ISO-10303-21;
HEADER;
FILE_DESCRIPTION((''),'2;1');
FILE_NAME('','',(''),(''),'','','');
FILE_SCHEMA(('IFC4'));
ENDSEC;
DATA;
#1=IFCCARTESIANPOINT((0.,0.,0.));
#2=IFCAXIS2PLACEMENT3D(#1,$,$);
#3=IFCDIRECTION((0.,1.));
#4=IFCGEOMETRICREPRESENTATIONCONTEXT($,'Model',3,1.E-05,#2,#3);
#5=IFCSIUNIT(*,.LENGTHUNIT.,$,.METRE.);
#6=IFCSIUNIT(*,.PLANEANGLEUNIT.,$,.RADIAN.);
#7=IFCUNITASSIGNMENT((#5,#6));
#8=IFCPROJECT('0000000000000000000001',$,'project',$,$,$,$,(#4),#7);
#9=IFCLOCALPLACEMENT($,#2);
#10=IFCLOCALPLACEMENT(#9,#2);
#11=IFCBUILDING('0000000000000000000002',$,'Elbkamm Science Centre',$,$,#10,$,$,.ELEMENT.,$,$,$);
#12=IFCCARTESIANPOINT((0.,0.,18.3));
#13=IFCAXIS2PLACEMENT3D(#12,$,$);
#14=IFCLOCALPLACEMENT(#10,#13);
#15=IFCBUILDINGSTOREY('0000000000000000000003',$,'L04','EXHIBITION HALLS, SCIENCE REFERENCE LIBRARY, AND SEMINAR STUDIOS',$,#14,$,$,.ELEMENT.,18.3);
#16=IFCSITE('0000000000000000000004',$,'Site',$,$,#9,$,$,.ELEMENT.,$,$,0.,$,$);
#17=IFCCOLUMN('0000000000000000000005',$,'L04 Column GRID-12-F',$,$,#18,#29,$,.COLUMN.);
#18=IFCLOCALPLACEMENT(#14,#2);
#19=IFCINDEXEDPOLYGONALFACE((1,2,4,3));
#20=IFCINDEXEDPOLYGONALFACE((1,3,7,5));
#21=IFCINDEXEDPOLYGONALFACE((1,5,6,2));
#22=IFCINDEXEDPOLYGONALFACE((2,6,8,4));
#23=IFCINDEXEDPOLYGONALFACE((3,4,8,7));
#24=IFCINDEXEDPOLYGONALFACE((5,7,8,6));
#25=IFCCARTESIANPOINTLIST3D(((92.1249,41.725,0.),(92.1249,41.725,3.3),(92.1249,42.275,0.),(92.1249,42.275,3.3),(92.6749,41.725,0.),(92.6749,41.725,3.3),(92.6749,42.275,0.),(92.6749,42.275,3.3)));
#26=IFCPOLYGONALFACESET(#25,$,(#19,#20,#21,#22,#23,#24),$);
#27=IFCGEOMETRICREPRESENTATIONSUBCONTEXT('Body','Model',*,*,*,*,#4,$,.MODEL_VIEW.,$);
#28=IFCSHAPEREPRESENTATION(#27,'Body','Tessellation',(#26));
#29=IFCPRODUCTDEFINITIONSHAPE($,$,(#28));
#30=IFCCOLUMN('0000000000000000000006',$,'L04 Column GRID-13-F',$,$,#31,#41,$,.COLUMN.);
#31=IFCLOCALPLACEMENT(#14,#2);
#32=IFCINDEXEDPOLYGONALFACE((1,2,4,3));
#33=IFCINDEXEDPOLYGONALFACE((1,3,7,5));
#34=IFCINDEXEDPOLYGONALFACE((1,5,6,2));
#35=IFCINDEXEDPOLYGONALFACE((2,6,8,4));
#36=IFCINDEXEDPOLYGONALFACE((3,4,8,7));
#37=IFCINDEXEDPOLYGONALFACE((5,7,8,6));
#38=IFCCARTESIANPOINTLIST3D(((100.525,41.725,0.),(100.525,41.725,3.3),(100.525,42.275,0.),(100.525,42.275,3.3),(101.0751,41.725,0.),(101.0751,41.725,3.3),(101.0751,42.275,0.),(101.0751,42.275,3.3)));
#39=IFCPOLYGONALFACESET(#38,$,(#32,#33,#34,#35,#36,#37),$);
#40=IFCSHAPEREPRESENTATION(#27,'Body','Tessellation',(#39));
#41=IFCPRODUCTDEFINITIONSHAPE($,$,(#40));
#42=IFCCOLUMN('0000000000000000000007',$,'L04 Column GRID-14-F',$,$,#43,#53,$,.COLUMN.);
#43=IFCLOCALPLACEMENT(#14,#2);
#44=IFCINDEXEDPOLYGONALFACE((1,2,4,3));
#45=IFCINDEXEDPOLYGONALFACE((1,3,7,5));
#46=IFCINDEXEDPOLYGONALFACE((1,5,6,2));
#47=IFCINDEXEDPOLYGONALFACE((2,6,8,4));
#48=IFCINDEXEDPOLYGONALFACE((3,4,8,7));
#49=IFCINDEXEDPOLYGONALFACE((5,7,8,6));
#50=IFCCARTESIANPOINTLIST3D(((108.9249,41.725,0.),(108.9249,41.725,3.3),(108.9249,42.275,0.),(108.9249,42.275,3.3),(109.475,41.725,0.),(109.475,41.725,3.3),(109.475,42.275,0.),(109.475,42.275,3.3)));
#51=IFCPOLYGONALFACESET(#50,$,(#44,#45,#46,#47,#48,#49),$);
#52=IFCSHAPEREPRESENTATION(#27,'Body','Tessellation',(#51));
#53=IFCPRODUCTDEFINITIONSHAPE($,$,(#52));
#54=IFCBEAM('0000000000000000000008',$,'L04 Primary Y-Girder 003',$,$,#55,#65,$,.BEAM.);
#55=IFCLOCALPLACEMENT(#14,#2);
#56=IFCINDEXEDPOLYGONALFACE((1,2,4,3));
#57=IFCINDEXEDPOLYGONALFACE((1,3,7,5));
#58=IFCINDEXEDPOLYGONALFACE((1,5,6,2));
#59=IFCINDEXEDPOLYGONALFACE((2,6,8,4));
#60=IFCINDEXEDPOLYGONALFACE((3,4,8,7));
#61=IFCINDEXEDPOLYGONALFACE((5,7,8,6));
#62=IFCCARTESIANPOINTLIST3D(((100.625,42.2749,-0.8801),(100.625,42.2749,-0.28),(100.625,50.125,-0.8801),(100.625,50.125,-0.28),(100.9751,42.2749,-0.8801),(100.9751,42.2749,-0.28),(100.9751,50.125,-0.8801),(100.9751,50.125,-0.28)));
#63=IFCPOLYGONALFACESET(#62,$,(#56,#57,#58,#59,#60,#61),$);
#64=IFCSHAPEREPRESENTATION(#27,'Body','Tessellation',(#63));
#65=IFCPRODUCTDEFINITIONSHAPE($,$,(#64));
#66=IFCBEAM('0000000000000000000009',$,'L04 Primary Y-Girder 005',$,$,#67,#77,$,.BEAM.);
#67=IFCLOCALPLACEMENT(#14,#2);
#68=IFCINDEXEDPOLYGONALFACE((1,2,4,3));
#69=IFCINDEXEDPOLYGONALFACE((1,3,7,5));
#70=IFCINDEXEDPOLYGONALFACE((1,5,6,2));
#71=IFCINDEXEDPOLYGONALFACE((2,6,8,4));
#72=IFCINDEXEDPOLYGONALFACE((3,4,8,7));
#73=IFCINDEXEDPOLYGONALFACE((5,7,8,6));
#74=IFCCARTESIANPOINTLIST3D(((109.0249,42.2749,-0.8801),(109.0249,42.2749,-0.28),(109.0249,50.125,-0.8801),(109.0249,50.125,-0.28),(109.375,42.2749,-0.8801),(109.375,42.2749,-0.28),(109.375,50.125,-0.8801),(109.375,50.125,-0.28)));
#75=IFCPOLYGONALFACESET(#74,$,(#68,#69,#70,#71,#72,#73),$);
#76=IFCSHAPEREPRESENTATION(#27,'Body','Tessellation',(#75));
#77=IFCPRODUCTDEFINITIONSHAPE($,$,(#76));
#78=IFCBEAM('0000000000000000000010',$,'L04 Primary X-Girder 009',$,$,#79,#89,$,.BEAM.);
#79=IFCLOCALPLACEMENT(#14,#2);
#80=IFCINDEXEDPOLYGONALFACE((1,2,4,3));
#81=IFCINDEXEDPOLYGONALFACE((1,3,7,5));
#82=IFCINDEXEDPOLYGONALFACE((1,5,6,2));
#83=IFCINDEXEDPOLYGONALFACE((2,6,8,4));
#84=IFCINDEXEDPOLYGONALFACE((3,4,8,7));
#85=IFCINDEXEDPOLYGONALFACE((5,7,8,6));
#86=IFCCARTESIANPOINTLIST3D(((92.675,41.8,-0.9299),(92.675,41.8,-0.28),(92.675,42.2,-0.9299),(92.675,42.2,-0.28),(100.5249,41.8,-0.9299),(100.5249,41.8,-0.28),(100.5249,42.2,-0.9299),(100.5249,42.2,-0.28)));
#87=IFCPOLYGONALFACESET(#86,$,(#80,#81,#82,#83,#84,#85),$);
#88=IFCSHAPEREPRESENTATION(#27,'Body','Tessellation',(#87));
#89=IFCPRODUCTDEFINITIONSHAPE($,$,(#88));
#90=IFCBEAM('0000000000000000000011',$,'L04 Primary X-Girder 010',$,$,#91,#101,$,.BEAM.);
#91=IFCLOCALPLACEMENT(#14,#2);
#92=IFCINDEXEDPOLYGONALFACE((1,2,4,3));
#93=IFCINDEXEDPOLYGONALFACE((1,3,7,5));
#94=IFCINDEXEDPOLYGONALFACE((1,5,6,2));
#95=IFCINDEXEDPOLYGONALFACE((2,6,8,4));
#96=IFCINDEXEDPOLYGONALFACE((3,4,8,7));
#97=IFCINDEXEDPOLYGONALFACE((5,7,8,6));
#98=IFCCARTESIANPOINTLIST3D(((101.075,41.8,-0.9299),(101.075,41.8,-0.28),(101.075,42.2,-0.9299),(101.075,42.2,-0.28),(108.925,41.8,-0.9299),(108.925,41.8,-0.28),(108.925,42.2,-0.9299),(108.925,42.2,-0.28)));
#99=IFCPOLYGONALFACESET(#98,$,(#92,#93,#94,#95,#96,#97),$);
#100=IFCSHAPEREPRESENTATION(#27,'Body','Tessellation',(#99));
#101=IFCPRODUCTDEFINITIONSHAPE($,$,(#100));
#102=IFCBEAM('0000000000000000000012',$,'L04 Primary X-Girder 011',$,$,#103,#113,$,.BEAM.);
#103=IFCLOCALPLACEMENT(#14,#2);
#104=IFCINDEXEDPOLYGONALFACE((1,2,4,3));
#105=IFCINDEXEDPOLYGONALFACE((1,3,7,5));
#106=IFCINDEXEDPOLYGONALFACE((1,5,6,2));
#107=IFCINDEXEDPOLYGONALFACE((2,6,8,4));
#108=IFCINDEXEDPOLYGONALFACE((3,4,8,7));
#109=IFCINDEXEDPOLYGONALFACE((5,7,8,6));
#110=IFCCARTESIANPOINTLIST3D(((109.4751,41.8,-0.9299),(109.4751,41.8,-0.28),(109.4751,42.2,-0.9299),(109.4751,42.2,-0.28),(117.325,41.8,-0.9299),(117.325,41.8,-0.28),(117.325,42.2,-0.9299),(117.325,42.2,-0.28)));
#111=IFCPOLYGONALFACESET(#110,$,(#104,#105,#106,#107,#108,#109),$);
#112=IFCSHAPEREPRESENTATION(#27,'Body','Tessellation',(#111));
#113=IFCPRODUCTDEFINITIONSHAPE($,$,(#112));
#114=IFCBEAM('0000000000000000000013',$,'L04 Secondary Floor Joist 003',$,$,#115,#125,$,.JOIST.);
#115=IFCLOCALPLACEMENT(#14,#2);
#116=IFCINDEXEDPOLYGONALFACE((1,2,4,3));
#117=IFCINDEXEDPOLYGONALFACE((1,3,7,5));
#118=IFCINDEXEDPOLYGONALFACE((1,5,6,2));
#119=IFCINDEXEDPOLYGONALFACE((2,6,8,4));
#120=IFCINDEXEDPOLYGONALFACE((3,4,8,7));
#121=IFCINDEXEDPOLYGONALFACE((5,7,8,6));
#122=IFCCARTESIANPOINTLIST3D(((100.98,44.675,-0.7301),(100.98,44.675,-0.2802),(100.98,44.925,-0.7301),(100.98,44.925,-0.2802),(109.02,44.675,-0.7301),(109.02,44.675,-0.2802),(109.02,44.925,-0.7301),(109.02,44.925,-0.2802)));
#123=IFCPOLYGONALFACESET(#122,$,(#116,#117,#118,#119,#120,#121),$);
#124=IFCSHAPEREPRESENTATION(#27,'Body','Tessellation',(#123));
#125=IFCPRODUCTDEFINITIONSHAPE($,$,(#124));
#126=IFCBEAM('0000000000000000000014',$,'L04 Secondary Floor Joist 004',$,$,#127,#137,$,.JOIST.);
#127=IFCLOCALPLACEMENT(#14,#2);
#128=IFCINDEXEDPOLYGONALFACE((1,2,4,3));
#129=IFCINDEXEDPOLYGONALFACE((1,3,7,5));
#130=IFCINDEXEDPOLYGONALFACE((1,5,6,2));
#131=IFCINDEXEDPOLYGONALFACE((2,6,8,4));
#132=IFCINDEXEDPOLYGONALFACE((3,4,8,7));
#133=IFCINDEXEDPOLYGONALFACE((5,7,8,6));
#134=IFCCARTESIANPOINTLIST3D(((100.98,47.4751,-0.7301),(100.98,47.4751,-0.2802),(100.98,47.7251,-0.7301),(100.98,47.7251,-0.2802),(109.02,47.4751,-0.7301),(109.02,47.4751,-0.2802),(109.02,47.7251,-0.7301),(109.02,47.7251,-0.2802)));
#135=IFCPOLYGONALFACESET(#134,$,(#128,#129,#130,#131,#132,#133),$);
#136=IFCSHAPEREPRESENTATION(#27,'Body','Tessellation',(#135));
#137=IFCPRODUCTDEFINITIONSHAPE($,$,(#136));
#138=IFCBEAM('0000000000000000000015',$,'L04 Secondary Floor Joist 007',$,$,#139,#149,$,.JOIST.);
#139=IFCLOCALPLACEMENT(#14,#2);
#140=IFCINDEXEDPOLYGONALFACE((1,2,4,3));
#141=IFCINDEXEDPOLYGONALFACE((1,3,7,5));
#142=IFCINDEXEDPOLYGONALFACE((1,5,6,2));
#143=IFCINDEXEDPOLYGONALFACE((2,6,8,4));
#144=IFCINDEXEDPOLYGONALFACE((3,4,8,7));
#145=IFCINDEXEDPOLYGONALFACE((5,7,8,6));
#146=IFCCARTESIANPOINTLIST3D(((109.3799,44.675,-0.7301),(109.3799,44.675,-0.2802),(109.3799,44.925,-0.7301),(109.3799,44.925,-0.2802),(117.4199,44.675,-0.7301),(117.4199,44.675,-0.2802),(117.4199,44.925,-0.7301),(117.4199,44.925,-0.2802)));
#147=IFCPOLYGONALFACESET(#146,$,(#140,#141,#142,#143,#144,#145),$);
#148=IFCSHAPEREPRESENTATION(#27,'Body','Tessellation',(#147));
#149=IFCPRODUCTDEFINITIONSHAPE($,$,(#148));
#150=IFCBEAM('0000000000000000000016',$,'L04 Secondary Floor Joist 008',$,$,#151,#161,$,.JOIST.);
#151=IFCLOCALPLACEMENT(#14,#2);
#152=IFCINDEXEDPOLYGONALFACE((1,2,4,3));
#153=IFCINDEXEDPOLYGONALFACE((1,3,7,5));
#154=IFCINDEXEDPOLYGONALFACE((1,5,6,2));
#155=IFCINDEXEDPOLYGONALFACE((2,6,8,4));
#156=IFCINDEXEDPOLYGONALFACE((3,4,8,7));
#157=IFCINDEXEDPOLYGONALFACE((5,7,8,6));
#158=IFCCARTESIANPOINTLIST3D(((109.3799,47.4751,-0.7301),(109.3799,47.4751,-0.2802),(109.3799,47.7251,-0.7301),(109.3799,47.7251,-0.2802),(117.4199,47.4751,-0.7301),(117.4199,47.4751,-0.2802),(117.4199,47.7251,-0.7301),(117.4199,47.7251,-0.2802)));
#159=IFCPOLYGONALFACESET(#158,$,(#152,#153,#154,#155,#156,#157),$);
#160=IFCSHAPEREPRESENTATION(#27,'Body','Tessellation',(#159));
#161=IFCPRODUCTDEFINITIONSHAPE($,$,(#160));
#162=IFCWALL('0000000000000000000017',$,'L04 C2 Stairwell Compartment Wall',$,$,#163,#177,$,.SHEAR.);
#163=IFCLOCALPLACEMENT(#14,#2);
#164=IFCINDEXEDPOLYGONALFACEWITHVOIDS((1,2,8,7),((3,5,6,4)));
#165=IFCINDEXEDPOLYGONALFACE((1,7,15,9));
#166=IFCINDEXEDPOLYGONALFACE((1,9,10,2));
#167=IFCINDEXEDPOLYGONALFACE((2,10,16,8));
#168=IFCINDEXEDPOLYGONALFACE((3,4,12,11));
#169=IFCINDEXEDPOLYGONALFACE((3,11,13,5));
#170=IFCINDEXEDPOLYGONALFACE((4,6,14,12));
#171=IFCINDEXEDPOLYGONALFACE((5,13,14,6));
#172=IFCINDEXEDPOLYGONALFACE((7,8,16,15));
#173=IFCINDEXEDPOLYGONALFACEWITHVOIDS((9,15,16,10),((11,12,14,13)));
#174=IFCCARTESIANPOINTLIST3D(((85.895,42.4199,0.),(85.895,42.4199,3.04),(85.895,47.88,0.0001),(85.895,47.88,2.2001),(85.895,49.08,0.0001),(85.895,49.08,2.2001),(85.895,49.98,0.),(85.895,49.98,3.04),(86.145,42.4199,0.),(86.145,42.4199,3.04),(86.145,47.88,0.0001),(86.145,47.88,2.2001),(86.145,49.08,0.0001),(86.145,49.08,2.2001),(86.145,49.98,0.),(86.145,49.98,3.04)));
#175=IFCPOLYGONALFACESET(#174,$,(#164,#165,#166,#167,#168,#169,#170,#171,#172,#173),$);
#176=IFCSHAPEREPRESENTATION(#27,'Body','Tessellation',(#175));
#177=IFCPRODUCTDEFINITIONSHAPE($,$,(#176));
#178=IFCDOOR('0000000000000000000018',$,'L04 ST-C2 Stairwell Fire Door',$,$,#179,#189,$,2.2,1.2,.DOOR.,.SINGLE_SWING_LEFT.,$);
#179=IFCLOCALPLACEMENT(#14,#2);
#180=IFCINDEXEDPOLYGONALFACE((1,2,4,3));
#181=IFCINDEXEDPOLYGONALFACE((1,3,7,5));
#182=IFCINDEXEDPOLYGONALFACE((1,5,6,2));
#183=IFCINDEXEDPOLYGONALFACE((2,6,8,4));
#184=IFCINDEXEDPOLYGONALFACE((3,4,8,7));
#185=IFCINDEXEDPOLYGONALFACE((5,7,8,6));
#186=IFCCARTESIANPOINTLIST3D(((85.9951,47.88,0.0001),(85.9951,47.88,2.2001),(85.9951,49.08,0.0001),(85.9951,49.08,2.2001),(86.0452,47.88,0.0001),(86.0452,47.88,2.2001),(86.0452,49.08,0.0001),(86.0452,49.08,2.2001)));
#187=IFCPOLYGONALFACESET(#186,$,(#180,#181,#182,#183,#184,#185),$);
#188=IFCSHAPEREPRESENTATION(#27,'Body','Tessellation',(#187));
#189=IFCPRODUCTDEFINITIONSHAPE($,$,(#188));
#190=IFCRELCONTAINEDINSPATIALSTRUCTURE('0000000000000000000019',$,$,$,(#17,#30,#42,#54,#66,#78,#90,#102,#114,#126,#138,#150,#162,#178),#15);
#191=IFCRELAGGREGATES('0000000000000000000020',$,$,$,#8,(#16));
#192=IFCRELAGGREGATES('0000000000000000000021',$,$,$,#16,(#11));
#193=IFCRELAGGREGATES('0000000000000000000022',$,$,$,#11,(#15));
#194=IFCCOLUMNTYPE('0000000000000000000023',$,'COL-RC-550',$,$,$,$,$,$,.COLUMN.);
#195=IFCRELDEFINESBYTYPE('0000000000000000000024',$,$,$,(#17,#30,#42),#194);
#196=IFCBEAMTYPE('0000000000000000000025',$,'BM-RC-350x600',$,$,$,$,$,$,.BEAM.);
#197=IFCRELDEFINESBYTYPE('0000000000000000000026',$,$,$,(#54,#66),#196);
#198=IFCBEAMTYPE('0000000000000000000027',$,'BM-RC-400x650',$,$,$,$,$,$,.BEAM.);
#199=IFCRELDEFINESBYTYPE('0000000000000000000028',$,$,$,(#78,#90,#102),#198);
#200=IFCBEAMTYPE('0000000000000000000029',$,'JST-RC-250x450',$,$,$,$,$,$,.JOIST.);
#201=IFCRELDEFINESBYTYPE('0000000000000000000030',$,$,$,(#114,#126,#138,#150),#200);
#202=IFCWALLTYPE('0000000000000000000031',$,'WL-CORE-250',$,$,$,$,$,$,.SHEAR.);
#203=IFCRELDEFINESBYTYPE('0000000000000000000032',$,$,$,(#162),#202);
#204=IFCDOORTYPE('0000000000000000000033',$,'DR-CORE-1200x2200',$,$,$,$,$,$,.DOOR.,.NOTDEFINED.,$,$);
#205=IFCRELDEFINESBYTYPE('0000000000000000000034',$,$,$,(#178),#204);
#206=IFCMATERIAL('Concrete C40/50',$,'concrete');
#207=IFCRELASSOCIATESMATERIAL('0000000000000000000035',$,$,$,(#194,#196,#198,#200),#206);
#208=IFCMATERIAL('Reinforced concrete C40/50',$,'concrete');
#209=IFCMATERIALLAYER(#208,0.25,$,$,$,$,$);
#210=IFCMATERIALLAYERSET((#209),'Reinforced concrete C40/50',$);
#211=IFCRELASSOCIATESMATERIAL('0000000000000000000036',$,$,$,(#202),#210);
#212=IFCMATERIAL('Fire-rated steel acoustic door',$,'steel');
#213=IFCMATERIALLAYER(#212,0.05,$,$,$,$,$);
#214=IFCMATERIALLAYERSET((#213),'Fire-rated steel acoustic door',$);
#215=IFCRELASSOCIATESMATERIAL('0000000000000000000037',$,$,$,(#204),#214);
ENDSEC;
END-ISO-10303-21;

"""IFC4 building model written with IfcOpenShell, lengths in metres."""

from ifc_helpers import new_model, si_unit, direction, frame, frame_2d, origin, origin_2d, place, context, subcontext, project, spatial, rectangle, extrude, material, layer, layer_set, material_profile, profile_set, type_object, element, fill, save


model = new_model("IFC4")

# Units and contexts
model_context = context("Model", 3, precision=1e-05, world=origin(), true_north=direction((0.0, 1.0)))
body_context = subcontext(model_context, "Body", "Model", "MODEL_VIEW")
ifc_project = project(units=[si_unit("LENGTHUNIT", "METRE"), si_unit("PLANEANGLEUNIT", "RADIAN")], contexts=[model_context])

# Site, building, storey
site_placement = place(None, origin())
site = spatial("IfcSite", under=ifc_project, at=site_placement, Name="Site", CompositionType="ELEMENT", RefElevation=0.0)
building_placement = place(site_placement, origin())
building = spatial("IfcBuilding", under=site, at=building_placement, Name="Elbkamm Science Centre", CompositionType="ELEMENT")
storey_placement = place(building_placement, frame((0.0, 0.0, 18.3)))
storey = spatial("IfcBuildingStorey", under=building, at=storey_placement, Name="L04", Description="EXHIBITION HALLS, SCIENCE REFERENCE LIBRARY, AND SEMINAR STUDIOS", CompositionType="ELEMENT", Elevation=18.3)

# Columns
ifc_material_1 = material(Name="Concrete C40/50", Category="concrete")
ifc_material_profile_1 = material_profile(ifc_material_1, rectangle(XDim=0.55, YDim=0.55, at=origin_2d()), Name="RC 550x550")
ifc_profile_set_1 = profile_set([ifc_material_profile_1], Name="Concrete C40/50")
column_type = type_object("IfcColumnType", Name="COL-RC-550", PredefinedType="COLUMN", material=ifc_profile_set_1)
for number, where, z_axis, x_axis, name in (
    (1, (92.3999, 42.0, 0.0), (0.0, 0.0, 1.0), (1.0, 0.0, 0.0), "L04 Column GRID-12-F"),
    (2, (100.8, 42.0, 0.0), (0.0, 0.0, 1.0), (1.0, 0.0, 0.0), "L04 Column GRID-13-F"),
    (3, (109.2, 42.0, 0.0), (0.0, 0.0, 1.0), (1.0, 0.0, 0.0), "L04 Column GRID-14-F"),
):
    element("IfcColumn", number, at=place(storey_placement, frame(where, z_axis=z_axis, x_axis=x_axis)), inside=storey, type_object=column_type, Name=name, PredefinedType="COLUMN", context=body_context, shape_type="SweptSolid", body=[
        extrude(rectangle(XDim=0.55, YDim=0.55, at=origin_2d()), origin(), (0.0, 0.0, 1.0), 3.3),
    ])

# Beams
ifc_material_profile_2 = material_profile(ifc_material_1, rectangle(XDim=0.3501, YDim=0.6001, at=origin_2d()), Name="RC 350x600")
ifc_profile_set_2 = profile_set([ifc_material_profile_2], Name="Concrete C40/50")
beam_type_1 = type_object("IfcBeamType", Name="BM-RC-350x600", PredefinedType="BEAM", material=ifc_profile_set_2)
for number, where, z_axis, x_axis, name in (
    (4, (100.8, 42.2749, -0.5801), (0.0, 1.0, 0.0), (-1.0, 0.0, 0.0), "L04 Primary Y-Girder 003"),
    (5, (109.2, 42.2749, -0.5801), (0.0, 1.0, 0.0), (-1.0, 0.0, 0.0), "L04 Primary Y-Girder 005"),
):
    element("IfcBeam", number, at=place(storey_placement, frame(where, z_axis=z_axis, x_axis=x_axis)), inside=storey, type_object=beam_type_1, Name=name, PredefinedType="BEAM", context=body_context, shape_type="SweptSolid", body=[
        extrude(rectangle(XDim=0.3501, YDim=0.6001, at=origin_2d()), origin(), (0.0, 0.0, 1.0), 7.8501),
    ])
ifc_material_profile_3 = material_profile(ifc_material_1, rectangle(XDim=0.3999, YDim=0.6499, at=origin_2d()), Name="RC 400x650")
ifc_profile_set_3 = profile_set([ifc_material_profile_3], Name="Concrete C40/50")
beam_type_2 = type_object("IfcBeamType", Name="BM-RC-400x650", PredefinedType="BEAM", material=ifc_profile_set_3)
beam_1_placement = place(storey_placement, frame((92.675, 42.0, -0.605), z_axis=(1.0, 0.0, 0.0), x_axis=(0.0, 1.0, 0.0)))
element("IfcBeam", 6, at=beam_1_placement, inside=storey, type_object=beam_type_2, Name="L04 Primary X-Girder 009", PredefinedType="BEAM", context=body_context, shape_type="SweptSolid", body=[
    extrude(rectangle(XDim=0.3999, YDim=0.6499, at=origin_2d()), origin(), (0.0, 0.0, 1.0), 7.8499),
])
beam_2_placement = place(storey_placement, frame((101.075, 42.0, -0.605), z_axis=(1.0, 0.0, 0.0), x_axis=(0.0, 1.0, 0.0)))
element("IfcBeam", 7, at=beam_2_placement, inside=storey, type_object=beam_type_2, Name="L04 Primary X-Girder 010", PredefinedType="BEAM", context=body_context, shape_type="SweptSolid", body=[
    extrude(rectangle(XDim=0.3999, YDim=0.6499, at=origin_2d()), origin(), (0.0, 0.0, 1.0), 7.8501),
])
beam_3_placement = place(storey_placement, frame((109.4751, 42.0, -0.605), z_axis=(1.0, 0.0, 0.0), x_axis=(0.0, 1.0, 0.0)))
element("IfcBeam", 8, at=beam_3_placement, inside=storey, type_object=beam_type_2, Name="L04 Primary X-Girder 011", PredefinedType="BEAM", context=body_context, shape_type="SweptSolid", body=[
    extrude(rectangle(XDim=0.3999, YDim=0.6499, at=origin_2d()), origin(), (0.0, 0.0, 1.0), 7.8499),
])
ifc_material_profile_4 = material_profile(ifc_material_1, rectangle(XDim=0.25, YDim=0.45, at=origin_2d()), Name="RC 250x450")
ifc_profile_set_4 = profile_set([ifc_material_profile_4], Name="Concrete C40/50")
beam_type_3 = type_object("IfcBeamType", Name="JST-RC-250x450", PredefinedType="JOIST", material=ifc_profile_set_4)
for number, where, z_axis, x_axis, name in (
    (9, (100.98, 44.8, -0.5051), (1.0, 0.0, 0.0), (0.0, 1.0, 0.0), "L04 Secondary Floor Joist 003"),
    (10, (100.98, 47.6001, -0.5051), (1.0, 0.0, 0.0), (0.0, 1.0, 0.0), "L04 Secondary Floor Joist 004"),
    (11, (109.3799, 44.8, -0.5051), (1.0, 0.0, 0.0), (0.0, 1.0, 0.0), "L04 Secondary Floor Joist 007"),
    (12, (109.3799, 47.6001, -0.5051), (1.0, 0.0, 0.0), (0.0, 1.0, 0.0), "L04 Secondary Floor Joist 008"),
):
    element("IfcBeam", number, at=place(storey_placement, frame(where, z_axis=z_axis, x_axis=x_axis)), inside=storey, type_object=beam_type_3, Name=name, PredefinedType="JOIST", context=body_context, shape_type="SweptSolid", body=[
        extrude(rectangle(XDim=0.25, YDim=0.45, at=origin_2d()), origin(), (0.0, 0.0, 1.0), 8.04),
    ])

# Wall, opening, door
ifc_material_2 = material(Name="Reinforced concrete C40/50", Category="concrete")
ifc_layer_1 = layer(ifc_material_2, 0.25)
ifc_layer_set_1 = layer_set([ifc_layer_1], Name="Reinforced concrete C40/50")
wall_type_1 = type_object("IfcWallType", Name="WL-CORE-250", PredefinedType="SHEAR", material=ifc_layer_set_1)
wall_1_placement = place(storey_placement, frame((86.02, 42.4199, 0.0), z_axis=(0.0, 0.0, 1.0), x_axis=(0.0, 1.0, 0.0)))
wall_1 = element("IfcWall", 13, at=wall_1_placement, inside=storey, type_object=wall_type_1, Name="L04 C2 Stairwell Compartment Wall", PredefinedType="SHEAR", context=body_context, shape_type="SweptSolid", body=[
    extrude(rectangle(XDim=7.5601, YDim=0.25, at=frame_2d((3.78, 0.0))), origin(), (0.0, 0.0, 1.0), 3.04),
])
opening_1_placement = place(wall_1_placement, frame((5.46, 0.0, 0.0)))
opening_1 = element("IfcOpeningElement", 14, at=opening_1_placement, cuts=wall_1, PredefinedType="OPENING", context=body_context, shape_type="SweptSolid", body=[
    extrude(rectangle(XDim=1.2, YDim=2.2, at=frame_2d((0.6001, 1.1001))), frame((0.0, 0.137, 0.0), z_axis=(0.0, -1.0, 0.0), x_axis=(1.0, 0.0, 0.0)), (0.0, 0.0, 1.0), 0.2739),
])
ifc_material_3 = material(Name="Fire-rated steel acoustic door", Category="steel")
ifc_layer_2 = layer(ifc_material_3, 0.05)
ifc_layer_set_2 = layer_set([ifc_layer_2], Name="Fire-rated steel acoustic door")
door_type_1 = type_object("IfcDoorType", Name="DR-CORE-1200x2200", OperationType="NOTDEFINED", PredefinedType="DOOR", material=ifc_layer_set_2)
door_1_placement = place(opening_1_placement, origin())
door_1 = element("IfcDoor", 15, at=door_1_placement, inside=storey, type_object=door_type_1, Name="L04 ST-C2 Stairwell Fire Door", OperationType="SINGLE_SWING_LEFT", OverallHeight=2.2, OverallWidth=1.2, PredefinedType="DOOR", context=body_context, shape_type="SweptSolid", body=[
    extrude(rectangle(XDim=1.2, YDim=2.2, at=frame_2d((0.6001, 1.1001))), frame((0.0, 0.0249, 0.0), z_axis=(0.0, -1.0, 0.0), x_axis=(1.0, 0.0, 0.0)), (0.0, 0.0, 1.0), 0.05),
])
fill(opening_1, door_1)

save(model, "model.ifc")
